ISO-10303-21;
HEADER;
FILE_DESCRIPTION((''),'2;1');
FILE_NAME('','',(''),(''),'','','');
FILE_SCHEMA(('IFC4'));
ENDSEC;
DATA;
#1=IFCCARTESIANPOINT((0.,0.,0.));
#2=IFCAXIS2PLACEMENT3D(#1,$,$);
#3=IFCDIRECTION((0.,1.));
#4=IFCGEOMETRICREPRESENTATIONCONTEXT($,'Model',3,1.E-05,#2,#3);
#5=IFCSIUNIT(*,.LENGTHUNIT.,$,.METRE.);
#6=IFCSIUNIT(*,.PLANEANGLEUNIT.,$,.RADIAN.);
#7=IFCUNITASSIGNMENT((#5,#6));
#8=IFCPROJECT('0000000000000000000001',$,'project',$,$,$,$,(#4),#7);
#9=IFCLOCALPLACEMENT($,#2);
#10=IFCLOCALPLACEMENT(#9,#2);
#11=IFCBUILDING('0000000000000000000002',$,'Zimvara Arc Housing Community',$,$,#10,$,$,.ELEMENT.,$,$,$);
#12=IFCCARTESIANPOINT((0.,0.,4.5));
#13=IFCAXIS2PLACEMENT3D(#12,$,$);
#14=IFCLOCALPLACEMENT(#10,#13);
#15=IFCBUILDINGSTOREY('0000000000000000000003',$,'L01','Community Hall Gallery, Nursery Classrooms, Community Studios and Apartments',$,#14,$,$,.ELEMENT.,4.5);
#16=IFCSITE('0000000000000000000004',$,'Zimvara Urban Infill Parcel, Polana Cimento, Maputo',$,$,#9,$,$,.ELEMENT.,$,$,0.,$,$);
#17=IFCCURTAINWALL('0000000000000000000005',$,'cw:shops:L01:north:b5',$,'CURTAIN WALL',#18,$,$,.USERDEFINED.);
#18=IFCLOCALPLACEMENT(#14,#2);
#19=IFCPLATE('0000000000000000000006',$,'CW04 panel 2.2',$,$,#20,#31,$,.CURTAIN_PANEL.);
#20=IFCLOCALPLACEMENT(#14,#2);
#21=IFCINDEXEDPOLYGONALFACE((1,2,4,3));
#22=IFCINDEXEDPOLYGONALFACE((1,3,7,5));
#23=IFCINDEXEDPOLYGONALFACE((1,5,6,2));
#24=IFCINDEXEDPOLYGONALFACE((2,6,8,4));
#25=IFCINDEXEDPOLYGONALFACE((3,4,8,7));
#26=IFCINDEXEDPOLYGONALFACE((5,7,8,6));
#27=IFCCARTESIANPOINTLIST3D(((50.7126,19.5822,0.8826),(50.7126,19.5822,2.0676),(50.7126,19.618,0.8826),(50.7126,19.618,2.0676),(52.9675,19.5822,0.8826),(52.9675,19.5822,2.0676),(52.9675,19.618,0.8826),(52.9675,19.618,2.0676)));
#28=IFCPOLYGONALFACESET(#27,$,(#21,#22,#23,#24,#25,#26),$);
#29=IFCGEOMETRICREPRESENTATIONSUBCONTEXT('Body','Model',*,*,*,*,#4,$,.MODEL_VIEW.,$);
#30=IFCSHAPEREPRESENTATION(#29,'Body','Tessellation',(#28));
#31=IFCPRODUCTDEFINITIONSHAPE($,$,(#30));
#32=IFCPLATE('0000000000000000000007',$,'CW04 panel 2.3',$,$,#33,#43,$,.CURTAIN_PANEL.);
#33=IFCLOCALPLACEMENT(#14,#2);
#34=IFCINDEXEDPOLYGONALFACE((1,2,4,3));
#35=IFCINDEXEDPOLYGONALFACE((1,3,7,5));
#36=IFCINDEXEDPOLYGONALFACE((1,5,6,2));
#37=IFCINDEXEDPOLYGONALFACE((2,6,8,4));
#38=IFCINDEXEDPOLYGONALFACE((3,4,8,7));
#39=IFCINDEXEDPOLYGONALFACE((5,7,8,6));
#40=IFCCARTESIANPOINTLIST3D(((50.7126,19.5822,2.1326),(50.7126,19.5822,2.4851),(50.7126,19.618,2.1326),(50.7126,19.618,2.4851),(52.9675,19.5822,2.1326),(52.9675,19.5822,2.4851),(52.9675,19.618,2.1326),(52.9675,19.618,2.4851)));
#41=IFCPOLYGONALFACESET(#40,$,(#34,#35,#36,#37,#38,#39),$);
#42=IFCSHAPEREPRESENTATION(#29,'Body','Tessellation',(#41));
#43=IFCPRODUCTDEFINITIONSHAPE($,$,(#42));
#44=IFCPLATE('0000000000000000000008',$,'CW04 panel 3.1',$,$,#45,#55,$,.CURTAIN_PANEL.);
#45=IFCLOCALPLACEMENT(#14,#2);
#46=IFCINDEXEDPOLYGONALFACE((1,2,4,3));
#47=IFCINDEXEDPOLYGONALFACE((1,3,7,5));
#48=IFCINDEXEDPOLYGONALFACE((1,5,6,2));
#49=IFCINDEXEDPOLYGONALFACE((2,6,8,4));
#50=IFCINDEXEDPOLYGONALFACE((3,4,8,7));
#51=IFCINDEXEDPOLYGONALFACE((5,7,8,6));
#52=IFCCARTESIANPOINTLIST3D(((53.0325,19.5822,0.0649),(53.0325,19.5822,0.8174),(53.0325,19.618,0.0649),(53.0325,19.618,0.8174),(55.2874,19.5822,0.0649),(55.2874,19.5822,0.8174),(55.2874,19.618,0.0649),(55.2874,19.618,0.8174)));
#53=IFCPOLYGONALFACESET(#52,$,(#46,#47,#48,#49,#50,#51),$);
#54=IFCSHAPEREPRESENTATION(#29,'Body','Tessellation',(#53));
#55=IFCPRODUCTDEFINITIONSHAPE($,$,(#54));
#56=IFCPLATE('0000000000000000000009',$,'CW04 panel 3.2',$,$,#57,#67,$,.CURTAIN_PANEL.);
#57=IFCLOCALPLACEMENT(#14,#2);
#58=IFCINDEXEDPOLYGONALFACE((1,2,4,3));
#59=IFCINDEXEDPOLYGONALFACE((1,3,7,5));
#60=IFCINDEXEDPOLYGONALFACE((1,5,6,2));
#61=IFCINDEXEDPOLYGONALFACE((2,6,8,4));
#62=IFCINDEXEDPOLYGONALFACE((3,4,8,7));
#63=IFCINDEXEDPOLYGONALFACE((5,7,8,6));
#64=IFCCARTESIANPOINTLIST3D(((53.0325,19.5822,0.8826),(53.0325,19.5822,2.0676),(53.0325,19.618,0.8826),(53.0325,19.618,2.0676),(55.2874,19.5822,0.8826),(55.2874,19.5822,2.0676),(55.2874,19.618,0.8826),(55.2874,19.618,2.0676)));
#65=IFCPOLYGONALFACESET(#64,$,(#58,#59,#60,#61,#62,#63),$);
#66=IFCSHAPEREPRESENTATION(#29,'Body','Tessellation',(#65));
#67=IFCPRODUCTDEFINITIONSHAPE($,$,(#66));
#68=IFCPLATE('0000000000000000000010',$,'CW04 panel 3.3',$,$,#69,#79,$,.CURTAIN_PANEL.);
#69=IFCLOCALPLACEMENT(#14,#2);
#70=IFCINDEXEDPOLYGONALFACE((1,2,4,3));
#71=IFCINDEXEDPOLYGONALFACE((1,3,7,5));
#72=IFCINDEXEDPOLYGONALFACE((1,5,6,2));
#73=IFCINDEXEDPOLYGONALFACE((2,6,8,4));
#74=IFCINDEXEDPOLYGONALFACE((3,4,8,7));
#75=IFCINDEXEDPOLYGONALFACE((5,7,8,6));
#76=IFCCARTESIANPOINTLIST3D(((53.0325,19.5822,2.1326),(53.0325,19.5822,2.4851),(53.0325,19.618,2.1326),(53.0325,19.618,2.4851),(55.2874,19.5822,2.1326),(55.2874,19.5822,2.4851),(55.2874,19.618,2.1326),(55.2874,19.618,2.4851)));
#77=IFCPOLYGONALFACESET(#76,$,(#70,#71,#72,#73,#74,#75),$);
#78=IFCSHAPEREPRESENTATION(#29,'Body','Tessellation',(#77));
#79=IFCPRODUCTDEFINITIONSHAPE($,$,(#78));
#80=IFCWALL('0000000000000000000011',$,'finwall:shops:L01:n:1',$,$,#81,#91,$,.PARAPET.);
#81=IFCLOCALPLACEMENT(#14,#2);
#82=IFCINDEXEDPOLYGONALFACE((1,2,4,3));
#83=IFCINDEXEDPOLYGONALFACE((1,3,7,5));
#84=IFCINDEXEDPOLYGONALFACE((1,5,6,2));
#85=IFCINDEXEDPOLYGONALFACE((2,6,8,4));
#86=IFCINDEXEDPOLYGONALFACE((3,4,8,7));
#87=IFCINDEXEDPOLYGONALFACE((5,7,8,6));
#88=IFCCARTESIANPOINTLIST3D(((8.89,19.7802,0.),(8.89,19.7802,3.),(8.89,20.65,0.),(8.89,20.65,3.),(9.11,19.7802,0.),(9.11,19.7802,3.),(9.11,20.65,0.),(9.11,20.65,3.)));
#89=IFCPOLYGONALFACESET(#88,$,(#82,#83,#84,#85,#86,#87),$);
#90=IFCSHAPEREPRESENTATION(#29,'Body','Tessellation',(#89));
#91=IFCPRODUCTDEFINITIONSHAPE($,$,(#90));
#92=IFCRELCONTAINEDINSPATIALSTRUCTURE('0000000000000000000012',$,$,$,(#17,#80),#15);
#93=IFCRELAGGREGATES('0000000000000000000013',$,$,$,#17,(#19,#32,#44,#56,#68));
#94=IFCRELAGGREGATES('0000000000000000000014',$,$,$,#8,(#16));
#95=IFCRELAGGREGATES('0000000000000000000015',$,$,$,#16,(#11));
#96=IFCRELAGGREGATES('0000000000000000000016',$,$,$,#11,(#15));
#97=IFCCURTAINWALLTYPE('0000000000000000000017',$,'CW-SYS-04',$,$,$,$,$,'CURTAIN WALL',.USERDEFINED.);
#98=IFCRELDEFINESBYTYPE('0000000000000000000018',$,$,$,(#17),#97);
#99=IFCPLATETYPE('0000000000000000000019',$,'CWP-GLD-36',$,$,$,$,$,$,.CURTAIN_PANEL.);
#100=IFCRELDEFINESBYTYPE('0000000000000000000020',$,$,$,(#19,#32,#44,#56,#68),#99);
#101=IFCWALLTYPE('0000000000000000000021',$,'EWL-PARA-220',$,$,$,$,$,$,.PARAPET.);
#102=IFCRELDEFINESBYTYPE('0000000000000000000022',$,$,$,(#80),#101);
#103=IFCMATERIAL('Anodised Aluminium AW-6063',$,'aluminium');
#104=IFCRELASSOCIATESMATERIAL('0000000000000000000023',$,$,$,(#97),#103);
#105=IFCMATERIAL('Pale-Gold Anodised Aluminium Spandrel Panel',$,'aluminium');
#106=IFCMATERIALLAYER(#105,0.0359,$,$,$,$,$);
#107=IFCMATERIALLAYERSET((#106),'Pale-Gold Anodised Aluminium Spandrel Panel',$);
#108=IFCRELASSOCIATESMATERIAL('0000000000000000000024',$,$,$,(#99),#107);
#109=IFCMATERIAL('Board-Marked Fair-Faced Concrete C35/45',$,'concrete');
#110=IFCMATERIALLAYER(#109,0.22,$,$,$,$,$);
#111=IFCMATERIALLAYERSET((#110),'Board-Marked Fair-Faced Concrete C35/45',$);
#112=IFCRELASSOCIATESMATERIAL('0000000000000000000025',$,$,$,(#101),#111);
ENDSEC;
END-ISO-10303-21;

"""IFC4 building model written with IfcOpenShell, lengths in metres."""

from ifc_helpers import new_model, si_unit, direction, frame, frame_2d, origin, origin_2d, place, context, subcontext, project, spatial, rectangle, extrude, material, layer, layer_set, type_object, element, aggregate, save


model = new_model("IFC4")

# Units and contexts
model_context = context("Model", 3, precision=1e-05, world=origin(), true_north=direction((0.0, 1.0)))
body_context = subcontext(model_context, "Body", "Model", "MODEL_VIEW")
ifc_project = project(units=[si_unit("LENGTHUNIT", "METRE"), si_unit("PLANEANGLEUNIT", "RADIAN")], contexts=[model_context])

# Site, building, storey
site_placement = place(None, origin())
site = spatial("IfcSite", under=ifc_project, at=site_placement, Name="Zimvara Urban Infill Parcel, Polana Cimento, Maputo", CompositionType="ELEMENT", RefElevation=0.0)
building_placement = place(site_placement, origin())
building = spatial("IfcBuilding", under=site, at=building_placement, Name="Zimvara Arc Housing Community", CompositionType="ELEMENT")
storey_placement = place(building_placement, frame((0.0, 0.0, 4.5)))
storey = spatial("IfcBuildingStorey", under=building, at=storey_placement, Name="L01", Description="Community Hall Gallery, Nursery Classrooms, Community Studios and Apartments", CompositionType="ELEMENT", Elevation=4.5)

# Curtain wall, plates
ifc_material_1 = material(Name="Anodised Aluminium AW-6063", Category="aluminium")
curtain_wall_type = type_object("IfcCurtainWallType", Name="CW-SYS-04", ElementType="CURTAIN WALL", PredefinedType="USERDEFINED", material=ifc_material_1)
curtain_wall_placement = place(storey_placement, origin())
curtain_wall = element("IfcCurtainWall", 1, at=curtain_wall_placement, inside=storey, type_object=curtain_wall_type, Name="cw:shops:L01:north:b5", ObjectType="CURTAIN WALL", PredefinedType="USERDEFINED")
ifc_material_2 = material(Name="Pale-Gold Anodised Aluminium Spandrel Panel", Category="aluminium")
ifc_layer_1 = layer(ifc_material_2, 0.0359)
ifc_layer_set_1 = layer_set([ifc_layer_1], Name="Pale-Gold Anodised Aluminium Spandrel Panel")
plate_type = type_object("IfcPlateType", Name="CWP-GLD-36", PredefinedType="CURTAIN_PANEL", material=ifc_layer_set_1)
plate_1_placement = place(storey_placement, frame((51.8401, 19.6001, 0.8826), z_axis=(0.0, 0.0, 1.0), x_axis=(1.0, 0.0, 0.0)))
plate_1 = element("IfcPlate", 2, at=plate_1_placement, type_object=plate_type, Name="CW04 panel 2.2", PredefinedType="CURTAIN_PANEL", context=body_context, shape_type="SweptSolid", body=[
    extrude(rectangle(XDim=2.2549, YDim=0.0359, at=origin_2d()), origin(), (0.0, 0.0, 1.0), 1.1851),
])
plate_2_placement = place(storey_placement, frame((51.8401, 19.6001, 2.1326), z_axis=(0.0, 0.0, 1.0), x_axis=(1.0, 0.0, 0.0)))
plate_2 = element("IfcPlate", 3, at=plate_2_placement, type_object=plate_type, Name="CW04 panel 2.3", PredefinedType="CURTAIN_PANEL", context=body_context, shape_type="SweptSolid", body=[
    extrude(rectangle(XDim=2.2549, YDim=0.0359, at=origin_2d()), origin(), (0.0, 0.0, 1.0), 0.3525),
])
plate_3_placement = place(storey_placement, frame((54.1599, 19.6001, 0.0649), z_axis=(0.0, 0.0, 1.0), x_axis=(1.0, 0.0, 0.0)))
plate_3 = element("IfcPlate", 4, at=plate_3_placement, type_object=plate_type, Name="CW04 panel 3.1", PredefinedType="CURTAIN_PANEL", context=body_context, shape_type="SweptSolid", body=[
    extrude(rectangle(XDim=2.2549, YDim=0.0359, at=origin_2d()), origin(), (0.0, 0.0, 1.0), 0.7524),
])
plate_4_placement = place(storey_placement, frame((54.1599, 19.6001, 0.8826), z_axis=(0.0, 0.0, 1.0), x_axis=(1.0, 0.0, 0.0)))
plate_4 = element("IfcPlate", 5, at=plate_4_placement, type_object=plate_type, Name="CW04 panel 3.2", PredefinedType="CURTAIN_PANEL", context=body_context, shape_type="SweptSolid", body=[
    extrude(rectangle(XDim=2.2549, YDim=0.0359, at=origin_2d()), origin(), (0.0, 0.0, 1.0), 1.1851),
])
plate_5_placement = place(storey_placement, frame((54.1599, 19.6001, 2.1326), z_axis=(0.0, 0.0, 1.0), x_axis=(1.0, 0.0, 0.0)))
plate_5 = element("IfcPlate", 6, at=plate_5_placement, type_object=plate_type, Name="CW04 panel 3.3", PredefinedType="CURTAIN_PANEL", context=body_context, shape_type="SweptSolid", body=[
    extrude(rectangle(XDim=2.2549, YDim=0.0359, at=origin_2d()), origin(), (0.0, 0.0, 1.0), 0.3525),
])
aggregate(curtain_wall, [plate_1, plate_2, plate_3, plate_4, plate_5])

# Wall
ifc_material_3 = material(Name="Board-Marked Fair-Faced Concrete C35/45", Category="concrete")
ifc_layer_2 = layer(ifc_material_3, 0.22)
ifc_layer_set_2 = layer_set([ifc_layer_2], Name="Board-Marked Fair-Faced Concrete C35/45")
wall_type = type_object("IfcWallType", Name="EWL-PARA-220", PredefinedType="PARAPET", material=ifc_layer_set_2)
wall_placement = place(storey_placement, frame((9.0, 19.78, 0.0), z_axis=(0.0, 0.0, 1.0), x_axis=(0.0, 1.0, 0.0)))
element("IfcWall", 7, at=wall_placement, inside=storey, type_object=wall_type, Name="finwall:shops:L01:n:1", PredefinedType="PARAPET", context=body_context, shape_type="SweptSolid", body=[
    extrude(rectangle(XDim=0.8699, YDim=0.22, at=frame_2d((0.4351, 0.0))), origin(), (0.0, 0.0, 1.0), 3.0),
])

save(model, "model.ifc")
